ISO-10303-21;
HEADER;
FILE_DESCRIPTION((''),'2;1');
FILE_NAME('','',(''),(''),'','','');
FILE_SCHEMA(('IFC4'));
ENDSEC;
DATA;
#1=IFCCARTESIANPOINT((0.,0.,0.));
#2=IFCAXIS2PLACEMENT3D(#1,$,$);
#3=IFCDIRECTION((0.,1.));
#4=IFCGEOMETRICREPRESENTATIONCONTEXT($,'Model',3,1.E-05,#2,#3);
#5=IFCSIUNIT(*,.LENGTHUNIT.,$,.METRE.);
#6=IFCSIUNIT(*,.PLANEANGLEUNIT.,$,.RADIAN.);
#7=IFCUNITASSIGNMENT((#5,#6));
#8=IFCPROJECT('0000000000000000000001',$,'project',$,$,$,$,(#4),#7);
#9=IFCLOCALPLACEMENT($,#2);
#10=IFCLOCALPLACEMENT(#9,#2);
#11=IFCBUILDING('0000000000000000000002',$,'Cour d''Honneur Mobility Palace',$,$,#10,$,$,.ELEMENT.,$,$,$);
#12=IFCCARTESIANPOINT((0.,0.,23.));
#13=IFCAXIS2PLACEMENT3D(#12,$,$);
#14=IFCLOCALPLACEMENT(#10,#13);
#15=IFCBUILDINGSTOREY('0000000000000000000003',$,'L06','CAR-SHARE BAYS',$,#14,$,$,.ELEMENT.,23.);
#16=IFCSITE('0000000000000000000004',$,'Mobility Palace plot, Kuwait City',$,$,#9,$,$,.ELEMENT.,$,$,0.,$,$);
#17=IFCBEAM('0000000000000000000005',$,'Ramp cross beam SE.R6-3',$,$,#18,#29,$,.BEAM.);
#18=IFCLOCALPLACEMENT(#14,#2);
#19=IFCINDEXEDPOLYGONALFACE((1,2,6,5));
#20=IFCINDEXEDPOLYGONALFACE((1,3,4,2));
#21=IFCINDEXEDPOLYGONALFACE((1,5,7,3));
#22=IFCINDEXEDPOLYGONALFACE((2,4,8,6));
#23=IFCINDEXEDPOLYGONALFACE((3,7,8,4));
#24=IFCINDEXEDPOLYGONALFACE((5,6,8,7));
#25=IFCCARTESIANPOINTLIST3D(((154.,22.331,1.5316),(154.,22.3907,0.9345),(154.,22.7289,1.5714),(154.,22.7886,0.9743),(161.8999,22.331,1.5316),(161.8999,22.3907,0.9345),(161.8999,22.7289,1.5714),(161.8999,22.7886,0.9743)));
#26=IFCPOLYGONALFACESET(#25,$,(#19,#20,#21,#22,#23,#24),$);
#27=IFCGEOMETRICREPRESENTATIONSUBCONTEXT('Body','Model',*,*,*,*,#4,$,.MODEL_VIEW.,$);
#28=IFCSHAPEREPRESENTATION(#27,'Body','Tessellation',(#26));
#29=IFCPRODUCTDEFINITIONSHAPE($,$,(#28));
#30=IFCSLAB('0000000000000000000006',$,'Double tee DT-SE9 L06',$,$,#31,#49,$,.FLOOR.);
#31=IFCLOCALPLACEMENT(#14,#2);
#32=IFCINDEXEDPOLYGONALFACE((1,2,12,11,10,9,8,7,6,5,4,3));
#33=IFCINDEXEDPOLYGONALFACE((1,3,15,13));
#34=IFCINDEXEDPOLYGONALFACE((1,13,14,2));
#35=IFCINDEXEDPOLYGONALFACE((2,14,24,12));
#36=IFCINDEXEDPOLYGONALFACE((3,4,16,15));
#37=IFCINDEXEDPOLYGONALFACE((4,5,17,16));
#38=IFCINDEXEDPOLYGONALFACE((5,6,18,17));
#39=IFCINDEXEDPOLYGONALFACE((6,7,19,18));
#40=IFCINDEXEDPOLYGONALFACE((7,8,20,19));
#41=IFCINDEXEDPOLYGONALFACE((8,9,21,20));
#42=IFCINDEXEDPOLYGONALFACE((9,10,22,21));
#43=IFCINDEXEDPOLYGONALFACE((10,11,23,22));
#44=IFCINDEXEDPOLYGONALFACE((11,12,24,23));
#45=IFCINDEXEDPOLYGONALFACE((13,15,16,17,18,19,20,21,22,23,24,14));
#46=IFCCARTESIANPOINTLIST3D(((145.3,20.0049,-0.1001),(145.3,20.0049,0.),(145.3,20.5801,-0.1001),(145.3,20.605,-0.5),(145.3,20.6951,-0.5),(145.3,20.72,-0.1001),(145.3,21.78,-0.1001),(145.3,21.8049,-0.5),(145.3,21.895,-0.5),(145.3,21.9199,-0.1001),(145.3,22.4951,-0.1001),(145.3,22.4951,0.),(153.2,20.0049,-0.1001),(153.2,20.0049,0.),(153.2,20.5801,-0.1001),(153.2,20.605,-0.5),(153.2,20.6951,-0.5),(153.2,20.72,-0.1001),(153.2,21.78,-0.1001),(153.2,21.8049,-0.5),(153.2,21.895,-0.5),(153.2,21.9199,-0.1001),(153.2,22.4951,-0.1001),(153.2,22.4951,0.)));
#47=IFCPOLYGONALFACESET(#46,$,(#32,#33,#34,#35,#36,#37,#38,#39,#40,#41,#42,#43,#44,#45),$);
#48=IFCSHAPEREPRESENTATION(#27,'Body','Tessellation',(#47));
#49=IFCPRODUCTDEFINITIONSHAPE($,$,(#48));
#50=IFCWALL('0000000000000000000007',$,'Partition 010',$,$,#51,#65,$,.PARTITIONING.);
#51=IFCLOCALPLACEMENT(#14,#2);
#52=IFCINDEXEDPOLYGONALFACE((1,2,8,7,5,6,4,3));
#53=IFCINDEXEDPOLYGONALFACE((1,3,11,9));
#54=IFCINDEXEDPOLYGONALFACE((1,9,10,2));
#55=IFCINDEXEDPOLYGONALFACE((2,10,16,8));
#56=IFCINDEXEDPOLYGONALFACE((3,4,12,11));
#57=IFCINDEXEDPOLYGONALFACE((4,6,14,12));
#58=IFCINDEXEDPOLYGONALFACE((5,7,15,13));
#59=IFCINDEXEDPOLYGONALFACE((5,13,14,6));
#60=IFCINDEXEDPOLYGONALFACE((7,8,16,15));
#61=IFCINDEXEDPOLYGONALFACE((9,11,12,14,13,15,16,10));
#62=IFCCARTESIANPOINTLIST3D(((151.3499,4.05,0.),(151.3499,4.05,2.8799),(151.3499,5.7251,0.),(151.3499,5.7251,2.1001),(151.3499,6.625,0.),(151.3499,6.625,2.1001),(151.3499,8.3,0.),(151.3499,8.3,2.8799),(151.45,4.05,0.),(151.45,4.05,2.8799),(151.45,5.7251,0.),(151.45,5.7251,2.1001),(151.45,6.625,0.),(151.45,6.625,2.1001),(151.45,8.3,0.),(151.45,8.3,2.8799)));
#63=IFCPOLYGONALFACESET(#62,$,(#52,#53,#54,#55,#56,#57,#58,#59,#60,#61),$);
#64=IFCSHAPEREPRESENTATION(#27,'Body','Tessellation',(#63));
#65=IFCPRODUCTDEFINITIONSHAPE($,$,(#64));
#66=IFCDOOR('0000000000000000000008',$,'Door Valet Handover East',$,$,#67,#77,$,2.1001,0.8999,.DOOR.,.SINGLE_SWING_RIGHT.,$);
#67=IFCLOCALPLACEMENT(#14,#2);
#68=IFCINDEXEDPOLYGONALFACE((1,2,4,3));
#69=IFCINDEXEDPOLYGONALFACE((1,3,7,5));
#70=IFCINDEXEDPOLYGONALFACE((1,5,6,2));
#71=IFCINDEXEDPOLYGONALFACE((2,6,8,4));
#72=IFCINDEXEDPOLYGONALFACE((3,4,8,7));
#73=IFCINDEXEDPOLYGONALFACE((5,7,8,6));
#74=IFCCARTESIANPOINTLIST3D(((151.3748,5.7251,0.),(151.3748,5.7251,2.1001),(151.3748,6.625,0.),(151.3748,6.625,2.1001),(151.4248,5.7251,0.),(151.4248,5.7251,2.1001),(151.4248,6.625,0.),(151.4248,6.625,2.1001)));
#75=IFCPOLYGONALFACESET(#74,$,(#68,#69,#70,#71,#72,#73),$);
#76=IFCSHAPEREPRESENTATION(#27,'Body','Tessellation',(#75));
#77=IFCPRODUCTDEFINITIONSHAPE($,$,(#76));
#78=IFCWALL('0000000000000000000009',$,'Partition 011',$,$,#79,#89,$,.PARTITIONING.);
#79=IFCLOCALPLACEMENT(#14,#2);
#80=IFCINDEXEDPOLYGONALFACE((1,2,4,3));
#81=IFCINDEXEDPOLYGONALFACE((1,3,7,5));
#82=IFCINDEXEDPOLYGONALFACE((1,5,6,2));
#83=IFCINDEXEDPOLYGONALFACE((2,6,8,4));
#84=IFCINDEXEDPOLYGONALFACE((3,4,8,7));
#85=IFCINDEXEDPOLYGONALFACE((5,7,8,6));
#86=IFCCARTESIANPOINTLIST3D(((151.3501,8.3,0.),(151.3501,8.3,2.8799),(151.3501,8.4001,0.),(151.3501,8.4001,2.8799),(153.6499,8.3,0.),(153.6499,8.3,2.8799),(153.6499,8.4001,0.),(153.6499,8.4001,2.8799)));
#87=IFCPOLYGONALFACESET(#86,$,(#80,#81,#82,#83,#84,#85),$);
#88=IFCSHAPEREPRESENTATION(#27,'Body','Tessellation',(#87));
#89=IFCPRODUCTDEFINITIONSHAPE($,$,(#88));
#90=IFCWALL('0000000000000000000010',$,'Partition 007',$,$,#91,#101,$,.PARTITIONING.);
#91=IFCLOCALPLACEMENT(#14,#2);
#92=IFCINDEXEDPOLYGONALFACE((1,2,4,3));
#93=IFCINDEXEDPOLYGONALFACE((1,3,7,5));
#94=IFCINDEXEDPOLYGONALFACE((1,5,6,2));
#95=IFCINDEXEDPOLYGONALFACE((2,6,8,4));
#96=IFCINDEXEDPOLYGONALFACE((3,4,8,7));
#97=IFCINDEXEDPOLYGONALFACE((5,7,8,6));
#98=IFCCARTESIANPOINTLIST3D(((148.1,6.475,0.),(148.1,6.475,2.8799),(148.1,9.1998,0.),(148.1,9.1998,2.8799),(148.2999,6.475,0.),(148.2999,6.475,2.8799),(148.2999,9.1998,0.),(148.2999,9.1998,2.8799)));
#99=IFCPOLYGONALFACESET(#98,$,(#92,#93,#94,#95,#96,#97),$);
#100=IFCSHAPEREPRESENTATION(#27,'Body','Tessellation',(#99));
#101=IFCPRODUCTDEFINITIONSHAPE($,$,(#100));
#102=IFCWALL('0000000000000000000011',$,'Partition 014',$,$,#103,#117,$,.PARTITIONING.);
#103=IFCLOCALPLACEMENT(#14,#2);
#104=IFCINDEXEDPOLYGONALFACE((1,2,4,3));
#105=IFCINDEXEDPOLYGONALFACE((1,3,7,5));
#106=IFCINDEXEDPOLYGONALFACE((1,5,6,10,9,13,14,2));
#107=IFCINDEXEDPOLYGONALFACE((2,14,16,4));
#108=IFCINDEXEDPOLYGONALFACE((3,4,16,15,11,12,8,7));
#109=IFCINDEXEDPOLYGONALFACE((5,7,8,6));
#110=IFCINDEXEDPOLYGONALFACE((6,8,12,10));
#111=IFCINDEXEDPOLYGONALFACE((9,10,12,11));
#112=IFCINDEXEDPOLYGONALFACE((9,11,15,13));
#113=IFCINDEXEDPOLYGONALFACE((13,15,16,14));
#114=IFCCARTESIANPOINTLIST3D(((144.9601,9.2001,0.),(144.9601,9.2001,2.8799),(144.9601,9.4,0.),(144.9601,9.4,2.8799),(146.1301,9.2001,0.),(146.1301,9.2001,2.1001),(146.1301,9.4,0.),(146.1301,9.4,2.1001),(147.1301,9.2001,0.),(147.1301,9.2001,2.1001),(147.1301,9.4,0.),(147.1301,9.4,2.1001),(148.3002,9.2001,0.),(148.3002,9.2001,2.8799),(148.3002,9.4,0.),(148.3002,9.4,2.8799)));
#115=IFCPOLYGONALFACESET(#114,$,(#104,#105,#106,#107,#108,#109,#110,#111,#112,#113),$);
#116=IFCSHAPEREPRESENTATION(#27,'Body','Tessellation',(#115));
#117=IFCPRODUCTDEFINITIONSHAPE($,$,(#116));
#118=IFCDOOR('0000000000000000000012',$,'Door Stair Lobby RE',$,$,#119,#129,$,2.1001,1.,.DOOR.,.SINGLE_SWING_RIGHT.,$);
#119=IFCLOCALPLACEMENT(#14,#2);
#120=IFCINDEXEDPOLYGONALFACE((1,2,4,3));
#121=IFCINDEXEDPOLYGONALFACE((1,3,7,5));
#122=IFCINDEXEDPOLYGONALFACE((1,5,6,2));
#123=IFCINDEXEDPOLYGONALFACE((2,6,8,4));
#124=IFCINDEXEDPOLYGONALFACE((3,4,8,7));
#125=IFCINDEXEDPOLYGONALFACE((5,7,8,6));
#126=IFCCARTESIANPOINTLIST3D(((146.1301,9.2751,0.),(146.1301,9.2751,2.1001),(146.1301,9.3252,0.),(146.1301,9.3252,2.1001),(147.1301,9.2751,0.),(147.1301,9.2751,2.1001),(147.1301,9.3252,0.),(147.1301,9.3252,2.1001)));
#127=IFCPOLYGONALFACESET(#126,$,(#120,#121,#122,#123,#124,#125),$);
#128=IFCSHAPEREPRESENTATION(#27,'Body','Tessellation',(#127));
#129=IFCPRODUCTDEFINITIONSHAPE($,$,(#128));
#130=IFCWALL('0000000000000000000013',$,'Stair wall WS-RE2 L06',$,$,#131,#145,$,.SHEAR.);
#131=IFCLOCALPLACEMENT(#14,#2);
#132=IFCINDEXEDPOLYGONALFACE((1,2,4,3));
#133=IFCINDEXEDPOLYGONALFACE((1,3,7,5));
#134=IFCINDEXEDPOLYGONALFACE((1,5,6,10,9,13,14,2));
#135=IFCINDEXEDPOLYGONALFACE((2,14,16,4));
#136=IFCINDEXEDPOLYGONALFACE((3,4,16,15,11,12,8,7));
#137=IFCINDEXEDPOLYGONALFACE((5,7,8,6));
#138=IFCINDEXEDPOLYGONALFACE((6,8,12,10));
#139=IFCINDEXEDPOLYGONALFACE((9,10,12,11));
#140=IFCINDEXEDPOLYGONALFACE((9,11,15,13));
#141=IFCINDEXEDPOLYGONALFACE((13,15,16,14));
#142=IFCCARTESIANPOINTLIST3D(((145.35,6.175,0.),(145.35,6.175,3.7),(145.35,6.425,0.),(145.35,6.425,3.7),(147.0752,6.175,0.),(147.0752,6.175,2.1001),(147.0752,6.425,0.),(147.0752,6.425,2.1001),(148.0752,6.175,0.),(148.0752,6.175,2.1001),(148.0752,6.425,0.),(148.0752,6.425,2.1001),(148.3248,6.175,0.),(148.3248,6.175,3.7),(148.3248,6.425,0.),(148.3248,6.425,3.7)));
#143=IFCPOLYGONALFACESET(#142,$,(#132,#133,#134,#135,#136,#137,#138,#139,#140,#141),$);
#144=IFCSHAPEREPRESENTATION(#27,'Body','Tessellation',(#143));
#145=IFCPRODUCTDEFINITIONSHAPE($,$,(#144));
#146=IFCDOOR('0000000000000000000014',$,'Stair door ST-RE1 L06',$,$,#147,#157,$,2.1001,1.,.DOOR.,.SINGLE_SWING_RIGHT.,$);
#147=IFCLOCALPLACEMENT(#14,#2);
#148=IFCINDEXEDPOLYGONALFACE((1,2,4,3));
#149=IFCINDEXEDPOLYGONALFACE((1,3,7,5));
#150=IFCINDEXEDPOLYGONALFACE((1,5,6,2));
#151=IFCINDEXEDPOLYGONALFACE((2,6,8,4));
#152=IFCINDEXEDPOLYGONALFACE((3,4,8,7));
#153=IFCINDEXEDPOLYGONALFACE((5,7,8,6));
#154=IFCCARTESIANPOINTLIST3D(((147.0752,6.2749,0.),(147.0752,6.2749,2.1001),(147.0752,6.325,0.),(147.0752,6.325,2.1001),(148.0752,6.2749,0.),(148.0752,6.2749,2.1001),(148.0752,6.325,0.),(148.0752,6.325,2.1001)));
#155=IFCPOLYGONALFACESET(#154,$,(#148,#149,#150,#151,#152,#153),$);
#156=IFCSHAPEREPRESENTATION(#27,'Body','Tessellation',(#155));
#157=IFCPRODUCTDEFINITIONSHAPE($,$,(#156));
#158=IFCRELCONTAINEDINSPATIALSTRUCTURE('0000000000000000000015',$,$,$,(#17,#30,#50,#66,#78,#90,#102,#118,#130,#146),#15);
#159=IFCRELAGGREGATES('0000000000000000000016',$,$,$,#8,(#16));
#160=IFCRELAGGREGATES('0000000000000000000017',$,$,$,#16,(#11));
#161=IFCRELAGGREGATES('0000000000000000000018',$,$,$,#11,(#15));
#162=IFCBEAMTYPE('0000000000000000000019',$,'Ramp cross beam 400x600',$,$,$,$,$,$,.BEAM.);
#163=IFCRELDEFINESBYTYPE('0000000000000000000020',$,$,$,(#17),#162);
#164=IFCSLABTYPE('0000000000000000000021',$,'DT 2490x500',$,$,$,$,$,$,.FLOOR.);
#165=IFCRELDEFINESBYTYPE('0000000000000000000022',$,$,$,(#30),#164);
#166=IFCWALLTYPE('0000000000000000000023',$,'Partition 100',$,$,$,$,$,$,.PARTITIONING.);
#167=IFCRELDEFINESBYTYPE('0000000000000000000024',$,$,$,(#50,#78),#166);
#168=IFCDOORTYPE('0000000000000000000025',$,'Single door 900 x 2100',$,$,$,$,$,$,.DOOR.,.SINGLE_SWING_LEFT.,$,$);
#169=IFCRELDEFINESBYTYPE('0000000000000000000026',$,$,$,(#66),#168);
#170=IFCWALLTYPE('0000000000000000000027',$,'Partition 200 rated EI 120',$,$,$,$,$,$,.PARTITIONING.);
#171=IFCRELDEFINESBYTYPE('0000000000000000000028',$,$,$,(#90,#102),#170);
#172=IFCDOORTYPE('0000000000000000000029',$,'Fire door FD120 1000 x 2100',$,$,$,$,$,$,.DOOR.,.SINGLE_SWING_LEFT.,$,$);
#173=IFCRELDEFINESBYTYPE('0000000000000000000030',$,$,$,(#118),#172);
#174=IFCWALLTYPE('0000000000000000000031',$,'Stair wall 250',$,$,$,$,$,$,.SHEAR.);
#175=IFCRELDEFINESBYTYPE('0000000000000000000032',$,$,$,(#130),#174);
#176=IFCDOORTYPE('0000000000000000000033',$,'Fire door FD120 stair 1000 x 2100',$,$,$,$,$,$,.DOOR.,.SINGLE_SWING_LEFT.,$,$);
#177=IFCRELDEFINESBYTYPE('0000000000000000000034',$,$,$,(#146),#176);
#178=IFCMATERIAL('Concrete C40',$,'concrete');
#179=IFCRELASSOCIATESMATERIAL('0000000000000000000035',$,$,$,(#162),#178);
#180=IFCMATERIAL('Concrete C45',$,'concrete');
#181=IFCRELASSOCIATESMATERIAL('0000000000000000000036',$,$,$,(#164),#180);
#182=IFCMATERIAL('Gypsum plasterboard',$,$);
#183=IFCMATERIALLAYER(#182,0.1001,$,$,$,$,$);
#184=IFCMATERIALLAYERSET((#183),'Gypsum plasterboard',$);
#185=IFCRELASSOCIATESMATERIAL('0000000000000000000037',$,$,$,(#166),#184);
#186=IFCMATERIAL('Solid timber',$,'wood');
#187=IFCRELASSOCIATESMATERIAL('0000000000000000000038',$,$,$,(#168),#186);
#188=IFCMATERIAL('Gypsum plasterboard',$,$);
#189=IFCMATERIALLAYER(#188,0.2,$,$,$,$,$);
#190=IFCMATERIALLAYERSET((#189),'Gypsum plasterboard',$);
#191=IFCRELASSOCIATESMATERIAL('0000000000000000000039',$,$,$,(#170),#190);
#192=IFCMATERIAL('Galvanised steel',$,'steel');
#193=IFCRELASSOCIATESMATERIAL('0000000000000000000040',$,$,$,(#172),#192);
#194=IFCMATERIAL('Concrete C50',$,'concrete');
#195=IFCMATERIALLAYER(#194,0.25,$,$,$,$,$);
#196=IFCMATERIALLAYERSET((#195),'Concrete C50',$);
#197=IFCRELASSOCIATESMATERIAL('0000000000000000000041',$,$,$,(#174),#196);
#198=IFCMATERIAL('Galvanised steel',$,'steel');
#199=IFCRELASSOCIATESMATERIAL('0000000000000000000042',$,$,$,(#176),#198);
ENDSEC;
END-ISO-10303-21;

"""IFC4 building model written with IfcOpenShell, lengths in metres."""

from ifc_helpers import new_model, si_unit, direction, frame, frame_2d, origin, origin_2d, place, context, subcontext, project, spatial, polyline, rectangle, outline, extrude, material, layer, layer_set, material_profile, profile_set, type_object, element, fill, save


model = new_model("IFC4")

# Units and contexts
model_context = context("Model", 3, precision=1e-05, world=origin(), true_north=direction((0.0, 1.0)))
body_context = subcontext(model_context, "Body", "Model", "MODEL_VIEW")
ifc_project = project(units=[si_unit("LENGTHUNIT", "METRE"), si_unit("PLANEANGLEUNIT", "RADIAN")], contexts=[model_context])

# Site, building, storey
site_placement = place(None, origin())
site = spatial("IfcSite", under=ifc_project, at=site_placement, Name="Mobility Palace plot, Kuwait City", CompositionType="ELEMENT", RefElevation=0.0)
building_placement = place(site_placement, origin())
building = spatial("IfcBuilding", under=site, at=building_placement, Name="Cour d'Honneur Mobility Palace", CompositionType="ELEMENT")
storey_placement = place(building_placement, frame((0.0, 0.0, 23.0)))
storey = spatial("IfcBuildingStorey", under=building, at=storey_placement, Name="L06", Description="CAR-SHARE BAYS", CompositionType="ELEMENT", Elevation=23.0)

# Beam
ifc_material_1 = material(Name="Concrete C40", Category="concrete")
ifc_material_profile_1 = material_profile(ifc_material_1, rectangle(XDim=0.3999, YDim=0.6001, at=origin_2d()), Name="Ramp cross beam 400x600")
ifc_profile_set_1 = profile_set([ifc_material_profile_1], Name="Concrete C40")
beam_type_1 = type_object("IfcBeamType", Name="Ramp cross beam 400x600", PredefinedType="BEAM", material=ifc_profile_set_1)
for number, where, z_axis, x_axis, name in (
    (1, (161.8999, 22.5598, 1.2529), (-1.0, 0.0, 0.0), (0.0, -0.995037, -0.099504), "Ramp cross beam SE.R6-3"),
):
    element("IfcBeam", number, at=place(storey_placement, frame(where, z_axis=z_axis, x_axis=x_axis)), inside=storey, type_object=beam_type_1, Name=name, PredefinedType="BEAM", context=body_context, shape_type="SweptSolid", body=[
        extrude(rectangle(XDim=0.3999, YDim=0.6001, at=origin_2d()), origin(), (0.0, 0.0, 1.0), 7.8999),
    ])

# Slab
ifc_material_2 = material(Name="Concrete C45", Category="concrete")
ifc_material_profile_2 = material_profile(ifc_material_2, outline(polyline([(-1.2451, 0.0), (1.2451, 0.0), (1.2451, -0.1001), (0.6699, -0.1001), (0.645, -0.5), (0.5549, -0.5), (0.53, -0.1001), (-0.53, -0.1001), (-0.5549, -0.5), (-0.645, -0.5), (-0.6699, -0.1001), (-1.2451, -0.1001), (-1.2451, 0.0)])), Name="DT 2490x500")
ifc_profile_set_2 = profile_set([ifc_material_profile_2], Name="Concrete C45")
slab_type = type_object("IfcSlabType", Name="DT 2490x500", PredefinedType="FLOOR", material=ifc_profile_set_2)
slab_placement = place(storey_placement, frame((145.3, 21.25, 0.0), z_axis=(1.0, 0.0, 0.0), x_axis=(0.0, 1.0, 0.0)))
element("IfcSlab", 2, at=slab_placement, inside=storey, type_object=slab_type, Name="Double tee DT-SE9 L06", PredefinedType="FLOOR", context=body_context, shape_type="SweptSolid", body=[
    extrude(outline(polyline([(-1.2451, 0.0), (1.2451, 0.0), (1.2451, -0.1001), (0.6699, -0.1001), (0.645, -0.5), (0.5549, -0.5), (0.53, -0.1001), (-0.53, -0.1001), (-0.5549, -0.5), (-0.645, -0.5), (-0.6699, -0.1001), (-1.2451, -0.1001), (-1.2451, 0.0)])), origin(), (0.0, 0.0, 1.0), 7.8999),
])

# Wall, opening, door
ifc_material_3 = material(Name="Gypsum plasterboard")
ifc_layer_1 = layer(ifc_material_3, 0.1001)
ifc_layer_set_1 = layer_set([ifc_layer_1], Name="Gypsum plasterboard")
wall_type_1 = type_object("IfcWallType", Name="Partition 100", PredefinedType="PARTITIONING", material=ifc_layer_set_1)
wall_1_placement = place(storey_placement, frame((151.3999, 8.3, 0.0), z_axis=(0.0, 0.0, 1.0), x_axis=(0.0, -1.0, 0.0)))
wall_1 = element("IfcWall", 3, at=wall_1_placement, inside=storey, type_object=wall_type_1, Name="Partition 010", PredefinedType="PARTITIONING", context=body_context, shape_type="SweptSolid", body=[
    extrude(rectangle(XDim=4.25, YDim=0.1001, at=frame_2d((2.125, 0.0))), origin(), (0.0, 0.0, 1.0), 2.8799),
])
opening_1_placement = place(wall_1_placement, frame((1.675, 0.0, 0.0)))
opening_1 = element("IfcOpeningElement", 4, at=opening_1_placement, cuts=wall_1, PredefinedType="OPENING", context=body_context, shape_type="SweptSolid", body=[
    extrude(rectangle(XDim=0.8999, YDim=2.1001, at=frame_2d((0.45, 1.05))), frame((0.0, 0.0601, 0.0), z_axis=(0.0, -1.0, 0.0), x_axis=(1.0, 0.0, 0.0)), (0.0, 0.0, 1.0), 0.1201),
])
ifc_material_4 = material(Name="Solid timber", Category="wood")
door_type_1 = type_object("IfcDoorType", Name="Single door 900 x 2100", OperationType="SINGLE_SWING_LEFT", PredefinedType="DOOR", material=ifc_material_4)
door_1_placement = place(opening_1_placement, origin())
door_1 = element("IfcDoor", 5, at=door_1_placement, inside=storey, type_object=door_type_1, Name="Door Valet Handover East", OperationType="SINGLE_SWING_RIGHT", OverallHeight=2.1001, OverallWidth=0.8999, PredefinedType="DOOR", context=body_context, shape_type="SweptSolid", body=[
    extrude(rectangle(XDim=0.8999, YDim=2.1001, at=frame_2d((0.45, 1.05))), frame((0.0, 0.0249, 0.0), z_axis=(0.0, -1.0, 0.0), x_axis=(1.0, 0.0, 0.0)), (0.0, 0.0, 1.0), 0.05),
])
fill(opening_1, door_1)

# Walls
wall_2_placement = place(storey_placement, frame((153.6499, 8.3501, 0.0), z_axis=(0.0, 0.0, 1.0), x_axis=(-1.0, 0.0, 0.0)))
element("IfcWall", 6, at=wall_2_placement, inside=storey, type_object=wall_type_1, Name="Partition 011", PredefinedType="PARTITIONING", context=body_context, shape_type="SweptSolid", body=[
    extrude(rectangle(XDim=2.2998, YDim=0.1001, at=frame_2d((1.1499, 0.0))), origin(), (0.0, 0.0, 1.0), 2.8799),
])
ifc_material_5 = material(Name="Gypsum plasterboard")
ifc_layer_2 = layer(ifc_material_5, 0.2)
ifc_layer_set_2 = layer_set([ifc_layer_2], Name="Gypsum plasterboard")
wall_type_2 = type_object("IfcWallType", Name="Partition 200 rated EI 120", PredefinedType="PARTITIONING", material=ifc_layer_set_2)
wall_3_placement = place(storey_placement, frame((148.2, 6.4751, 0.0), z_axis=(0.0, 0.0, 1.0), x_axis=(0.0, 1.0, 0.0)))
element("IfcWall", 7, at=wall_3_placement, inside=storey, type_object=wall_type_2, Name="Partition 007", PredefinedType="PARTITIONING", context=body_context, shape_type="SweptSolid", body=[
    extrude(rectangle(XDim=2.7249, YDim=0.2, at=frame_2d((1.3623, 0.0))), origin(), (0.0, 0.0, 1.0), 2.8799),
])

# Walls, openings, doors
wall_4_placement = place(storey_placement, frame((148.3, 9.3, 0.0), z_axis=(0.0, 0.0, 1.0), x_axis=(-1.0, 0.0, 0.0)))
wall_4 = element("IfcWall", 8, at=wall_4_placement, inside=storey, type_object=wall_type_2, Name="Partition 014", PredefinedType="PARTITIONING", context=body_context, shape_type="SweptSolid", body=[
    extrude(rectangle(XDim=3.3401, YDim=0.2, at=frame_2d((1.6699, 0.0))), origin(), (0.0, 0.0, 1.0), 2.8799),
])
opening_2_placement = place(wall_4_placement, frame((1.1699, 0.0, 0.0)))
opening_2 = element("IfcOpeningElement", 9, at=opening_2_placement, cuts=wall_4, PredefinedType="OPENING", context=body_context, shape_type="SweptSolid", body=[
    extrude(rectangle(XDim=1.0, YDim=2.1001, at=frame_2d((0.5, 1.05))), frame((0.0, 0.1099, 0.0), z_axis=(0.0, -1.0, 0.0), x_axis=(1.0, 0.0, 0.0)), (0.0, 0.0, 1.0), 0.22),
])
ifc_material_6 = material(Name="Galvanised steel", Category="steel")
door_type_2 = type_object("IfcDoorType", Name="Fire door FD120 1000 x 2100", OperationType="SINGLE_SWING_LEFT", PredefinedType="DOOR", material=ifc_material_6)
door_2_placement = place(opening_2_placement, origin())
door_2 = element("IfcDoor", 10, at=door_2_placement, inside=storey, type_object=door_type_2, Name="Door Stair Lobby RE", OperationType="SINGLE_SWING_RIGHT", OverallHeight=2.1001, OverallWidth=1.0, PredefinedType="DOOR", context=body_context, shape_type="SweptSolid", body=[
    extrude(rectangle(XDim=1.0, YDim=2.1001, at=frame_2d((0.5, 1.05))), frame((0.0, 0.0249, 0.0), z_axis=(0.0, -1.0, 0.0), x_axis=(1.0, 0.0, 0.0)), (0.0, 0.0, 1.0), 0.05),
])
fill(opening_2, door_2)
ifc_material_7 = material(Name="Concrete C50", Category="concrete")
ifc_layer_3 = layer(ifc_material_7, 0.25)
ifc_layer_set_3 = layer_set([ifc_layer_3], Name="Concrete C50")
wall_type_3 = type_object("IfcWallType", Name="Stair wall 250", PredefinedType="SHEAR", material=ifc_layer_set_3)
wall_5_placement = place(storey_placement, frame((145.3501, 6.3, 0.0), z_axis=(0.0, 0.0, 1.0), x_axis=(1.0, 0.0, 0.0)))
wall_5 = element("IfcWall", 11, at=wall_5_placement, inside=storey, type_object=wall_type_3, Name="Stair wall WS-RE2 L06", PredefinedType="SHEAR", context=body_context, shape_type="SweptSolid", body=[
    extrude(rectangle(XDim=2.9749, YDim=0.25, at=frame_2d((1.4873, 0.0))), origin(), (0.0, 0.0, 1.0), 3.7),
])
opening_3_placement = place(wall_5_placement, frame((1.7251, 0.0, 0.0)))
opening_3 = element("IfcOpeningElement", 12, at=opening_3_placement, cuts=wall_5, PredefinedType="OPENING", context=body_context, shape_type="SweptSolid", body=[
    extrude(rectangle(XDim=1.0, YDim=2.1001, at=frame_2d((0.5, 1.05))), frame((0.0, 0.135, 0.0), z_axis=(0.0, -1.0, 0.0), x_axis=(1.0, 0.0, 0.0)), (0.0, 0.0, 1.0), 0.27),
])
ifc_material_8 = material(Name="Galvanised steel", Category="steel")
door_type_3 = type_object("IfcDoorType", Name="Fire door FD120 stair 1000 x 2100", OperationType="SINGLE_SWING_LEFT", PredefinedType="DOOR", material=ifc_material_8)
door_3_placement = place(opening_3_placement, origin())
door_3 = element("IfcDoor", 13, at=door_3_placement, inside=storey, type_object=door_type_3, Name="Stair door ST-RE1 L06", OperationType="SINGLE_SWING_RIGHT", OverallHeight=2.1001, OverallWidth=1.0, PredefinedType="DOOR", context=body_context, shape_type="SweptSolid", body=[
    extrude(rectangle(XDim=1.0, YDim=2.1001, at=frame_2d((0.5, 1.05))), frame((0.0, 0.0249, 0.0), z_axis=(0.0, -1.0, 0.0), x_axis=(1.0, 0.0, 0.0)), (0.0, 0.0, 1.0), 0.05),
])
fill(opening_3, door_3)

save(model, "model.ifc")
